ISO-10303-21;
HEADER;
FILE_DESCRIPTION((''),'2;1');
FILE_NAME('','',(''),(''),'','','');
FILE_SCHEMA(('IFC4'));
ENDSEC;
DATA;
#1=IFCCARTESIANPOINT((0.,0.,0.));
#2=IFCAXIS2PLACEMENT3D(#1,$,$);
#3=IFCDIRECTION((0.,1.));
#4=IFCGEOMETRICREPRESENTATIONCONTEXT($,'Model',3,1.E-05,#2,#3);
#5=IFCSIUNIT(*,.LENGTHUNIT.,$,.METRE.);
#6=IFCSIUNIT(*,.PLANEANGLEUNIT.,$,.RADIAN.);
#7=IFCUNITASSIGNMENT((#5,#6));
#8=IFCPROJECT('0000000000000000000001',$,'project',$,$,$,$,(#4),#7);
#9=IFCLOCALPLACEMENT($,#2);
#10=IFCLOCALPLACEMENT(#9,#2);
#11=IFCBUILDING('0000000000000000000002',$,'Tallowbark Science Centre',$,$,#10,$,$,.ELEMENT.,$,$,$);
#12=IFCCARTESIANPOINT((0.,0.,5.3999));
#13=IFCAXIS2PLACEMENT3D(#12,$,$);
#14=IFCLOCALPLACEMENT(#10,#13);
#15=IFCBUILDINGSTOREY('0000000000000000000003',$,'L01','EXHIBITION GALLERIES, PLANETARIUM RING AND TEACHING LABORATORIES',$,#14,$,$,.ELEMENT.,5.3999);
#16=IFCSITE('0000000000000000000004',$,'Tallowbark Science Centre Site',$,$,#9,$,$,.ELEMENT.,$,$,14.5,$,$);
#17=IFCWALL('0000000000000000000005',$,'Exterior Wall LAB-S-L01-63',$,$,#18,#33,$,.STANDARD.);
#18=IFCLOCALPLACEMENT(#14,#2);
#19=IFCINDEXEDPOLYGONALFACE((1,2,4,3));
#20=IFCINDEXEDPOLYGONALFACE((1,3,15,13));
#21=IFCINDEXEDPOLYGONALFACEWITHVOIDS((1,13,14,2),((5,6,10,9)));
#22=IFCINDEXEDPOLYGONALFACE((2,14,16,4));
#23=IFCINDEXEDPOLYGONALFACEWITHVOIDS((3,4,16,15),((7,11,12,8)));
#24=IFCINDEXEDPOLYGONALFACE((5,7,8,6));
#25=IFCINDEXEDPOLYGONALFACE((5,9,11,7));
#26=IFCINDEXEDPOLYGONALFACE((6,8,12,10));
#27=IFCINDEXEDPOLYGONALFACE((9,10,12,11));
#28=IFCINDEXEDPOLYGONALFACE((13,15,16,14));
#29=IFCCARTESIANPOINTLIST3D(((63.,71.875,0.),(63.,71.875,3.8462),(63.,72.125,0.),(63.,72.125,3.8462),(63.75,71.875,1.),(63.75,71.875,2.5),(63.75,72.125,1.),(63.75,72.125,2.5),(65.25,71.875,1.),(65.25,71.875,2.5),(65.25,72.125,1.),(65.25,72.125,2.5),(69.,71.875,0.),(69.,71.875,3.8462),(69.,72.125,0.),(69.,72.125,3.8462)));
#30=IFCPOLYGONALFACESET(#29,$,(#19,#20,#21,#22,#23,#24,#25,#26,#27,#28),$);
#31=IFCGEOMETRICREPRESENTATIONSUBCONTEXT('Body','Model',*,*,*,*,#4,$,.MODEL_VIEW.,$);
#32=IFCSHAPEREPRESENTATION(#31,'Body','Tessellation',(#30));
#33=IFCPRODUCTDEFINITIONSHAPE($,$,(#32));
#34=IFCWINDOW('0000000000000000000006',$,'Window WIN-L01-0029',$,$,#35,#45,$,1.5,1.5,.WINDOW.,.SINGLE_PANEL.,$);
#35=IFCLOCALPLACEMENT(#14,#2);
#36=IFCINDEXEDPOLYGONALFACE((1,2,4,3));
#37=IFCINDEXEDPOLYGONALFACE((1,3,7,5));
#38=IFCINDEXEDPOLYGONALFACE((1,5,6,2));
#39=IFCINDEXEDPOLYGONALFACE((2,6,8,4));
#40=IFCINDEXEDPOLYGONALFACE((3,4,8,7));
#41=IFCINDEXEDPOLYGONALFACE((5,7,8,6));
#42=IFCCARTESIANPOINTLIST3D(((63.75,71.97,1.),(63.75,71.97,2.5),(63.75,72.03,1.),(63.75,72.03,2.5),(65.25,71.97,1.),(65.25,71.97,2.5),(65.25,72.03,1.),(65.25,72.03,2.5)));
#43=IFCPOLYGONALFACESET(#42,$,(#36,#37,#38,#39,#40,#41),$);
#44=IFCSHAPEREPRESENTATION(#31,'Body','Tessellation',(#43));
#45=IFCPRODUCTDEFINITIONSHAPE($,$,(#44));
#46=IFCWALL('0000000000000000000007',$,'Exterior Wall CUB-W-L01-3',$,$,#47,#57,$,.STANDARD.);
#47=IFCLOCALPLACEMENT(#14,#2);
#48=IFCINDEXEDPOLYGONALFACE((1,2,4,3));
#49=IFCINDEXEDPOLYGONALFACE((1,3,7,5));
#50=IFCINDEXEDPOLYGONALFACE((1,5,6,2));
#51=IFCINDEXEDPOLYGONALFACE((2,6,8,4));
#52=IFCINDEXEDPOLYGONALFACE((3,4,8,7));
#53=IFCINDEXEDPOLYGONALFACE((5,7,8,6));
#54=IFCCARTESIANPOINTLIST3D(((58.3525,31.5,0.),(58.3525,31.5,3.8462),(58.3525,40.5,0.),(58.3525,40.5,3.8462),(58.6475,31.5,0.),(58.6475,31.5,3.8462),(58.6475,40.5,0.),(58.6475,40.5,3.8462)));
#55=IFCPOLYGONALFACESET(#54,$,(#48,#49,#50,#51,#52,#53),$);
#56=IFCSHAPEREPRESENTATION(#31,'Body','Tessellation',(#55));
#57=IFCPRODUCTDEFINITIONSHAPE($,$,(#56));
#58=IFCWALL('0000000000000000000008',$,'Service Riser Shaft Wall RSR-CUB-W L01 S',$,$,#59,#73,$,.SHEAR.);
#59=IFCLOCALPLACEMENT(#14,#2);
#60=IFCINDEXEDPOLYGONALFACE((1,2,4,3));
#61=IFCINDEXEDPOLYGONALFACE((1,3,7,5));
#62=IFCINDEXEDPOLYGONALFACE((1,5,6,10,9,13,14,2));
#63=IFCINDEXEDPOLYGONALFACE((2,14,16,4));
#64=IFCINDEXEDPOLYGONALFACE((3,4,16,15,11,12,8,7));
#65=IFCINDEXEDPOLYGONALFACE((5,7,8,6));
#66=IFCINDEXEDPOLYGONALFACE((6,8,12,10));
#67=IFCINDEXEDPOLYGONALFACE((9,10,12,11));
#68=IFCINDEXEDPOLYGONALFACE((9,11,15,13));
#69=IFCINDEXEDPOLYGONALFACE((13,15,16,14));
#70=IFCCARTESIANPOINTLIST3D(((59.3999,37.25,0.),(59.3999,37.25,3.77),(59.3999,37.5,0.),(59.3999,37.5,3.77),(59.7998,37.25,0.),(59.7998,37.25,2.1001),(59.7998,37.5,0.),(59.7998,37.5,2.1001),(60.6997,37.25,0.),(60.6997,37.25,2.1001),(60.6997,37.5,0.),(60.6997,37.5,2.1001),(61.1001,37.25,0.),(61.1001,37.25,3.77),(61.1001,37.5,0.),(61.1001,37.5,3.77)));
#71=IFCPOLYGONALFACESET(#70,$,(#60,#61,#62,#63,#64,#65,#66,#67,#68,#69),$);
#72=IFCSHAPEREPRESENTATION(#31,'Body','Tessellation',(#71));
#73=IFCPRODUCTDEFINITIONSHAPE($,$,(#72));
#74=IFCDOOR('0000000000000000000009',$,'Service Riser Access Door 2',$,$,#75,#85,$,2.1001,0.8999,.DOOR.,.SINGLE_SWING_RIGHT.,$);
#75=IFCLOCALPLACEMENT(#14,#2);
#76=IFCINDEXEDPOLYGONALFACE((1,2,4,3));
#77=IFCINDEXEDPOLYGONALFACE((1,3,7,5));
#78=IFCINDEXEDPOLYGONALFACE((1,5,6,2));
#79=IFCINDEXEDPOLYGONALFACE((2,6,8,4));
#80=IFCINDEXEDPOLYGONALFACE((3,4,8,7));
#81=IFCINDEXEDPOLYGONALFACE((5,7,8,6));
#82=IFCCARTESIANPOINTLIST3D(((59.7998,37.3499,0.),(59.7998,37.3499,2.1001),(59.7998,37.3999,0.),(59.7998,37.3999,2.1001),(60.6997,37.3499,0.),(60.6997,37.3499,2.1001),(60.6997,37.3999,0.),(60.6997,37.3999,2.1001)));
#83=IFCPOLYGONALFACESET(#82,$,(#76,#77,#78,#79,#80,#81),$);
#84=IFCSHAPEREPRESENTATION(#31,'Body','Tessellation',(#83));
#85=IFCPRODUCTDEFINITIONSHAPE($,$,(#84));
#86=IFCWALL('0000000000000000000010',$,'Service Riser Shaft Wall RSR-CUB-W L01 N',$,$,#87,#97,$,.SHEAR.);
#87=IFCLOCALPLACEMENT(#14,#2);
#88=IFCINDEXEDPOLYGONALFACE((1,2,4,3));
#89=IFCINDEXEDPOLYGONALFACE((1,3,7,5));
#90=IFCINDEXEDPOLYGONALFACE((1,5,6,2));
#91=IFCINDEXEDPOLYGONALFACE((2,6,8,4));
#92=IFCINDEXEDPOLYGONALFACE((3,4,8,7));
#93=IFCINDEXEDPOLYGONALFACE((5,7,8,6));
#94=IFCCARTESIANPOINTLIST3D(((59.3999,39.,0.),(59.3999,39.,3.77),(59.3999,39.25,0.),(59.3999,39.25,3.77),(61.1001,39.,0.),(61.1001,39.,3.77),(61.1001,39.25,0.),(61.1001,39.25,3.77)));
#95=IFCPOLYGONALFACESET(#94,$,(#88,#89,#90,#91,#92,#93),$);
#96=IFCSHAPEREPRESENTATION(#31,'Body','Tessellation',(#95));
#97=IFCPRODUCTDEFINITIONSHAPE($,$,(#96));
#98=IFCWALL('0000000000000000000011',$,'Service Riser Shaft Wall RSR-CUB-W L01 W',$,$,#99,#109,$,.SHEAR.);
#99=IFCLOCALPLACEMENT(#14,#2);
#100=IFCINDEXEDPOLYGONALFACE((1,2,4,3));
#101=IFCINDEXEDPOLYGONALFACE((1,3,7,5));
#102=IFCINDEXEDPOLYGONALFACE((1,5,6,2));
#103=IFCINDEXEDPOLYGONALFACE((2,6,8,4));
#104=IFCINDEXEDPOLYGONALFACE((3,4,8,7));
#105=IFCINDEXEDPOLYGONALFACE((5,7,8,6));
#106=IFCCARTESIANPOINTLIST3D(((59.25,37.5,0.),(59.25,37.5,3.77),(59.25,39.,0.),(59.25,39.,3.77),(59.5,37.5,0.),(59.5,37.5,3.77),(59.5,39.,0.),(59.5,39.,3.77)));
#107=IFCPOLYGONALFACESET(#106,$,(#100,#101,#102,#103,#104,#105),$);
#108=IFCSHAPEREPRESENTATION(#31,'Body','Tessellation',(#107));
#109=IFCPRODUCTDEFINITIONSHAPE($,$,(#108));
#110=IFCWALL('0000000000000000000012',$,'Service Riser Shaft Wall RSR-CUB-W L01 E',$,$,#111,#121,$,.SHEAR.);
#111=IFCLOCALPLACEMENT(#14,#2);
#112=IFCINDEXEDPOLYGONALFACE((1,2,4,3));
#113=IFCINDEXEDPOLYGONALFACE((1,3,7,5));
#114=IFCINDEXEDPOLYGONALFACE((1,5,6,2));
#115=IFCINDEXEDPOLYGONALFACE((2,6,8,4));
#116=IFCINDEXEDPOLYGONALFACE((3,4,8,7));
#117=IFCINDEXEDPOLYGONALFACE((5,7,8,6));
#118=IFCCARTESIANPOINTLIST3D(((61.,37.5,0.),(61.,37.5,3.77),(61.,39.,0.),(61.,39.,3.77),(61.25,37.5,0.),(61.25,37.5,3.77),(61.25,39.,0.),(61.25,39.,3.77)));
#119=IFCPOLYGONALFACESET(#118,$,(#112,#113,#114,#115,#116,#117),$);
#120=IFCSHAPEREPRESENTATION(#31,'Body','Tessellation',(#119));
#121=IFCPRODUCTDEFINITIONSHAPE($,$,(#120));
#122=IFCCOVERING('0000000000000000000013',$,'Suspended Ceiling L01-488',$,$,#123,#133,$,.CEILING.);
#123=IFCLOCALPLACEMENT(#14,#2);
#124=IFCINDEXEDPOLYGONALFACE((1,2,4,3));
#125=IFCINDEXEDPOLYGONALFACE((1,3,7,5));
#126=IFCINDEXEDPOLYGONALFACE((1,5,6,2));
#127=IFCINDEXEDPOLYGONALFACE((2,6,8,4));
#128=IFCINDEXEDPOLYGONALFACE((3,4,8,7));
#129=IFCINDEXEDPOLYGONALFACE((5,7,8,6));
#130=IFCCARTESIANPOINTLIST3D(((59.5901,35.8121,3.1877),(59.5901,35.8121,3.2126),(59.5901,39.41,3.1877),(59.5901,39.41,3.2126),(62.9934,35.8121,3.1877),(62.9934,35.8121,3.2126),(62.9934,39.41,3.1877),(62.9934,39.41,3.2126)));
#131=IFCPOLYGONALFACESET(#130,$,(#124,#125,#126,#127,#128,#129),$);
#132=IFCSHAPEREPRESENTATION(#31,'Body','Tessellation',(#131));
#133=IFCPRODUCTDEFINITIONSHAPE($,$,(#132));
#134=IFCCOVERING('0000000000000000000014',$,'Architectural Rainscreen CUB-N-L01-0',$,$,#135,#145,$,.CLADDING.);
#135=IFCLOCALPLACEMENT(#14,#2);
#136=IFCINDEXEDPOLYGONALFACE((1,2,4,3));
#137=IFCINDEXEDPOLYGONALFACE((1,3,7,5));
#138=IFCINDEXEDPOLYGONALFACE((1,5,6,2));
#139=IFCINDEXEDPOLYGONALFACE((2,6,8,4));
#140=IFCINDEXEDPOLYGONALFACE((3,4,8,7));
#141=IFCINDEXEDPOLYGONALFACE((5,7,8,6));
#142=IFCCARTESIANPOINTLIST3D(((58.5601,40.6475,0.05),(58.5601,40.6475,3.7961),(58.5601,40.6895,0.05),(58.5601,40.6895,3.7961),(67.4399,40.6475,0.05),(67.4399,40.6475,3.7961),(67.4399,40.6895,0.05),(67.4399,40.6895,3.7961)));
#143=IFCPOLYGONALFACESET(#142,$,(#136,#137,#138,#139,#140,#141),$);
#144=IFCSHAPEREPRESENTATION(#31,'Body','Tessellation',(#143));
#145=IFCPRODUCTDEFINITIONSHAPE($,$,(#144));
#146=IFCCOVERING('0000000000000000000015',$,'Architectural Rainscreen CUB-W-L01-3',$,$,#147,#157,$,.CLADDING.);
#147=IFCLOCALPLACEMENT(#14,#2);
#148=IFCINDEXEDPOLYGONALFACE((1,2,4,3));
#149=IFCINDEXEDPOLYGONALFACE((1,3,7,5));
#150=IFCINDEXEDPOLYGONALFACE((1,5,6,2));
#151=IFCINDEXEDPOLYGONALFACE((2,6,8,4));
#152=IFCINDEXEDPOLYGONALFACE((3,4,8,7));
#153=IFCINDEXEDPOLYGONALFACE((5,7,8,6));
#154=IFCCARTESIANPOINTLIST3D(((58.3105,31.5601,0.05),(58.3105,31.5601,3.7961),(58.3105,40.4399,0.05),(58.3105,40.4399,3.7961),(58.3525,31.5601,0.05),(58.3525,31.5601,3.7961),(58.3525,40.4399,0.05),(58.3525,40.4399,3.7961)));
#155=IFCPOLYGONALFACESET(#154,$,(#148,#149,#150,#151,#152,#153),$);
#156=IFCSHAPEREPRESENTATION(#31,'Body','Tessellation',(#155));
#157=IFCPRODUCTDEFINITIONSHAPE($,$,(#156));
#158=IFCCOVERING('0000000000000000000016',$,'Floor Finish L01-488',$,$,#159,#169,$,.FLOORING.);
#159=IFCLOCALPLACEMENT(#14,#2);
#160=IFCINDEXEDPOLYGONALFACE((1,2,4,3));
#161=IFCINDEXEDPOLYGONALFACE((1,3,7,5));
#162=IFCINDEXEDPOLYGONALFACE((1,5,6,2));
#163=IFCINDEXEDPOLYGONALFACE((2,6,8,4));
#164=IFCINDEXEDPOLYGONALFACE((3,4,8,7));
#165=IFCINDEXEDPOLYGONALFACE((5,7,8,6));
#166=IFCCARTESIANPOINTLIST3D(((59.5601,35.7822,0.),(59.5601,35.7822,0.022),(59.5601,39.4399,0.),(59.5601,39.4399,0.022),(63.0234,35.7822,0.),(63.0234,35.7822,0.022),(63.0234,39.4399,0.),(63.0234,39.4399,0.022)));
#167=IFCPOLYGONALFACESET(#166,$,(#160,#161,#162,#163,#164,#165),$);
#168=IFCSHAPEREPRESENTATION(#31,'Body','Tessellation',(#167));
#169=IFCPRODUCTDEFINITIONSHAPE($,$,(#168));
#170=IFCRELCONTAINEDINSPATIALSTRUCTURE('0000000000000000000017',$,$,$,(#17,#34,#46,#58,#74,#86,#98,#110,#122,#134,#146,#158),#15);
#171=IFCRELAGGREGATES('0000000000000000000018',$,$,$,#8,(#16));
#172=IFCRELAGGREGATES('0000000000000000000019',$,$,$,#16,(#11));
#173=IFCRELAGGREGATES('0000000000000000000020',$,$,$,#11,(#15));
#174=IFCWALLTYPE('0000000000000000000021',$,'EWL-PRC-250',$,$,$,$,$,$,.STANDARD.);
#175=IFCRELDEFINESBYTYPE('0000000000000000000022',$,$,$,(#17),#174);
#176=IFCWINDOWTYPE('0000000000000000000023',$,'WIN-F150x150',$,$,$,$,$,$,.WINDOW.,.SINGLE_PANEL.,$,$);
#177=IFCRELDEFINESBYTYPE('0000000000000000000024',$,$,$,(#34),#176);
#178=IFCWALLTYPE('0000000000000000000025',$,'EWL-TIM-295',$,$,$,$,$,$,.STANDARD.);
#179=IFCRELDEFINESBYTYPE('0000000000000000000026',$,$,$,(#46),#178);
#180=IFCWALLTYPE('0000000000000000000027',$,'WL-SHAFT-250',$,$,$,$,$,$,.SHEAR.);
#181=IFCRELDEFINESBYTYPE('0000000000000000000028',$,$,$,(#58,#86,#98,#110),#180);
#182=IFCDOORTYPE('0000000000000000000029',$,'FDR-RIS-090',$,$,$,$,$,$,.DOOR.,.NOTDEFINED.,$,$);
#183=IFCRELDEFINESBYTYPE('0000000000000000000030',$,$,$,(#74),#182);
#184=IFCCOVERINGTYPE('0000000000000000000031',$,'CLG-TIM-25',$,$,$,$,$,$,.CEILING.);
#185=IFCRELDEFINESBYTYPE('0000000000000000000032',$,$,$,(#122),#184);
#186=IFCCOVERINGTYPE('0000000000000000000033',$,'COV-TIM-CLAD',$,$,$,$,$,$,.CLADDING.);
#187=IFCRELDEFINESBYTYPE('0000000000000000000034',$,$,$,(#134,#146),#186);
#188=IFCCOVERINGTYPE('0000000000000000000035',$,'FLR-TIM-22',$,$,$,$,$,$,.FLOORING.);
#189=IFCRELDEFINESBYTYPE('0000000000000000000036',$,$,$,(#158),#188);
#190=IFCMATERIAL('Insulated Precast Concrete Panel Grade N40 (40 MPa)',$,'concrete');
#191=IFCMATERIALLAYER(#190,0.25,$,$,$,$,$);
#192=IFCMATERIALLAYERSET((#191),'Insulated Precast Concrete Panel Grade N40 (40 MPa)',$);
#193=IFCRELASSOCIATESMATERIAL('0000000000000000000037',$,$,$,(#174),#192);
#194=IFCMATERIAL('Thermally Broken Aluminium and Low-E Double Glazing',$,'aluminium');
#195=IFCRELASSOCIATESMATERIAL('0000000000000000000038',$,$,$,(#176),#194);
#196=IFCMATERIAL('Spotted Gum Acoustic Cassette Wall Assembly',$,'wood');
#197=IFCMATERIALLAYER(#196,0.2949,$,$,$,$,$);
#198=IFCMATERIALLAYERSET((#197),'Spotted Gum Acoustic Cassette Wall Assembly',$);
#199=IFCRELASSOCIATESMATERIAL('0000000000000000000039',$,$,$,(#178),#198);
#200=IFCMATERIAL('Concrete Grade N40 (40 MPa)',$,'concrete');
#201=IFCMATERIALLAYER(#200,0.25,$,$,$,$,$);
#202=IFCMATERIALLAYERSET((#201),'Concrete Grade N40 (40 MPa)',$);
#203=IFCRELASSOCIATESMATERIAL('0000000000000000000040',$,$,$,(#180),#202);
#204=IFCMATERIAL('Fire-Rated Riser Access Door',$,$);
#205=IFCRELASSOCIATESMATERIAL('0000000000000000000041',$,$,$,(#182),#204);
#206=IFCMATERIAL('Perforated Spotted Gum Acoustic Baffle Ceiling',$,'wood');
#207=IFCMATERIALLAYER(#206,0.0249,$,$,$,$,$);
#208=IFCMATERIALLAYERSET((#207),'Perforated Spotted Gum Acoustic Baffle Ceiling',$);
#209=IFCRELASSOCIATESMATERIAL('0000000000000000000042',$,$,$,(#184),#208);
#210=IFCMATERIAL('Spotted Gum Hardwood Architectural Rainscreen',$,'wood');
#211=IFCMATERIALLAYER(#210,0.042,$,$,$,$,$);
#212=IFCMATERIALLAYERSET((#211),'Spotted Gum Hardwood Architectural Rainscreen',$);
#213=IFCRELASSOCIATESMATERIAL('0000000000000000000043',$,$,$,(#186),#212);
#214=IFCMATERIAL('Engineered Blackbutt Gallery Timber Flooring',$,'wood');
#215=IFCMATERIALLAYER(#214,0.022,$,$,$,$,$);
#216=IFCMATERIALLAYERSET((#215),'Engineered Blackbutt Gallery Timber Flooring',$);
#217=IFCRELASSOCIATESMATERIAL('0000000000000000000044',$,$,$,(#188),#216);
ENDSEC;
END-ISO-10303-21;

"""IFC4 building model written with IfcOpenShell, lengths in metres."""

from ifc_helpers import new_model, si_unit, direction, frame, frame_2d, origin, origin_2d, place, context, subcontext, project, spatial, rectangle, extrude, material, layer, layer_set, type_object, element, fill, save


model = new_model("IFC4")

# Units and contexts
model_context = context("Model", 3, precision=1e-05, world=origin(), true_north=direction((0.0, 1.0)))
body_context = subcontext(model_context, "Body", "Model", "MODEL_VIEW")
ifc_project = project(units=[si_unit("LENGTHUNIT", "METRE"), si_unit("PLANEANGLEUNIT", "RADIAN")], contexts=[model_context])

# Site, building, storey
site_placement = place(None, origin())
site = spatial("IfcSite", under=ifc_project, at=site_placement, Name="Tallowbark Science Centre Site", CompositionType="ELEMENT", RefElevation=14.5)
building_placement = place(site_placement, origin())
building = spatial("IfcBuilding", under=site, at=building_placement, Name="Tallowbark Science Centre", CompositionType="ELEMENT")
storey_placement = place(building_placement, frame((0.0, 0.0, 5.3999)))
storey = spatial("IfcBuildingStorey", under=building, at=storey_placement, Name="L01", Description="EXHIBITION GALLERIES, PLANETARIUM RING AND TEACHING LABORATORIES", CompositionType="ELEMENT", Elevation=5.3999)

# Wall, opening, window
ifc_material_1 = material(Name="Insulated Precast Concrete Panel Grade N40 (40 MPa)", Category="concrete")
ifc_layer_1 = layer(ifc_material_1, 0.25)
ifc_layer_set_1 = layer_set([ifc_layer_1], Name="Insulated Precast Concrete Panel Grade N40 (40 MPa)")
wall_type_1 = type_object("IfcWallType", Name="EWL-PRC-250", PredefinedType="STANDARD", material=ifc_layer_set_1)
wall_1_placement = place(storey_placement, frame((63.0, 72.0, 0.0), z_axis=(0.0, 0.0, 1.0), x_axis=(1.0, 0.0, 0.0)))
wall_1 = element("IfcWall", 1, at=wall_1_placement, inside=storey, type_object=wall_type_1, Name="Exterior Wall LAB-S-L01-63", PredefinedType="STANDARD", context=body_context, shape_type="SweptSolid", body=[
    extrude(rectangle(XDim=6.0, YDim=0.25, at=frame_2d((3.0, 0.0))), origin(), (0.0, 0.0, 1.0), 3.8462),
])
opening_1_placement = place(wall_1_placement, frame((0.75, 0.0, 1.0)))
opening_1 = element("IfcOpeningElement", 2, at=opening_1_placement, cuts=wall_1, PredefinedType="OPENING", context=body_context, shape_type="SweptSolid", body=[
    extrude(rectangle(XDim=1.5, YDim=1.5, at=frame_2d((0.75, 0.75))), frame((0.0, 0.135, 0.0), z_axis=(0.0, -1.0, 0.0), x_axis=(1.0, 0.0, 0.0)), (0.0, 0.0, 1.0), 0.27),
])
ifc_material_2 = material(Name="Thermally Broken Aluminium and Low-E Double Glazing", Category="aluminium")
window_type = type_object("IfcWindowType", Name="WIN-F150x150", PartitioningType="SINGLE_PANEL", PredefinedType="WINDOW", material=ifc_material_2)
window_placement = place(opening_1_placement, origin())
window = element("IfcWindow", 3, at=window_placement, inside=storey, type_object=window_type, Name="Window WIN-L01-0029", OverallHeight=1.5, OverallWidth=1.5, PartitioningType="SINGLE_PANEL", PredefinedType="WINDOW", context=body_context, shape_type="SweptSolid", body=[
    extrude(rectangle(XDim=1.5, YDim=1.5, at=frame_2d((0.75, 0.75))), frame((0.0, 0.03, 0.0), z_axis=(0.0, -1.0, 0.0), x_axis=(1.0, 0.0, 0.0)), (0.0, 0.0, 1.0), 0.0601),
])
fill(opening_1, window)

# Wall
ifc_material_3 = material(Name="Spotted Gum Acoustic Cassette Wall Assembly", Category="wood")
ifc_layer_2 = layer(ifc_material_3, 0.2949)
ifc_layer_set_2 = layer_set([ifc_layer_2], Name="Spotted Gum Acoustic Cassette Wall Assembly")
wall_type_2 = type_object("IfcWallType", Name="EWL-TIM-295", PredefinedType="STANDARD", material=ifc_layer_set_2)
wall_2_placement = place(storey_placement, frame((58.5, 40.5, 0.0), z_axis=(0.0, 0.0, 1.0), x_axis=(0.0, -1.0, 0.0)))
element("IfcWall", 4, at=wall_2_placement, inside=storey, type_object=wall_type_2, Name="Exterior Wall CUB-W-L01-3", PredefinedType="STANDARD", context=body_context, shape_type="SweptSolid", body=[
    extrude(rectangle(XDim=9.0, YDim=0.2949, at=frame_2d((4.5, 0.0))), origin(), (0.0, 0.0, 1.0), 3.8462),
])

# Wall, opening, door
ifc_material_4 = material(Name="Concrete Grade N40 (40 MPa)", Category="concrete")
ifc_layer_3 = layer(ifc_material_4, 0.25)
ifc_layer_set_3 = layer_set([ifc_layer_3], Name="Concrete Grade N40 (40 MPa)")
wall_type_3 = type_object("IfcWallType", Name="WL-SHAFT-250", PredefinedType="SHEAR", material=ifc_layer_set_3)
wall_3_placement = place(storey_placement, frame((59.3999, 37.375, 0.0), z_axis=(0.0, 0.0, 1.0), x_axis=(1.0, 0.0, 0.0)))
wall_3 = element("IfcWall", 5, at=wall_3_placement, inside=storey, type_object=wall_type_3, Name="Service Riser Shaft Wall RSR-CUB-W L01 S", PredefinedType="SHEAR", context=body_context, shape_type="SweptSolid", body=[
    extrude(rectangle(XDim=1.7002, YDim=0.25, at=frame_2d((0.8501, 0.0))), origin(), (0.0, 0.0, 1.0), 3.77),
])
opening_2_placement = place(wall_3_placement, frame((0.3999, 0.0, 0.0)))
opening_2 = element("IfcOpeningElement", 6, at=opening_2_placement, cuts=wall_3, PredefinedType="OPENING", context=body_context, shape_type="SweptSolid", body=[
    extrude(rectangle(XDim=0.8999, YDim=2.1001, at=frame_2d((0.45, 1.05))), frame((0.0, 0.135, 0.0), z_axis=(0.0, -1.0, 0.0), x_axis=(1.0, 0.0, 0.0)), (0.0, 0.0, 1.0), 0.27),
])
ifc_material_5 = material(Name="Fire-Rated Riser Access Door")
door_type = type_object("IfcDoorType", Name="FDR-RIS-090", OperationType="NOTDEFINED", PredefinedType="DOOR", material=ifc_material_5)
door_placement = place(opening_2_placement, origin())
door = element("IfcDoor", 7, at=door_placement, inside=storey, type_object=door_type, Name="Service Riser Access Door 2", OperationType="SINGLE_SWING_RIGHT", OverallHeight=2.1001, OverallWidth=0.8999, PredefinedType="DOOR", context=body_context, shape_type="SweptSolid", body=[
    extrude(rectangle(XDim=0.8999, YDim=2.1001, at=frame_2d((0.45, 1.05))), frame((0.0, 0.0249, 0.0), z_axis=(0.0, -1.0, 0.0), x_axis=(1.0, 0.0, 0.0)), (0.0, 0.0, 1.0), 0.05),
])
fill(opening_2, door)

# Walls
wall_4_placement = place(storey_placement, frame((59.3999, 39.125, 0.0), z_axis=(0.0, 0.0, 1.0), x_axis=(1.0, 0.0, 0.0)))
element("IfcWall", 8, at=wall_4_placement, inside=storey, type_object=wall_type_3, Name="Service Riser Shaft Wall RSR-CUB-W L01 N", PredefinedType="SHEAR", context=body_context, shape_type="SweptSolid", body=[
    extrude(rectangle(XDim=1.7002, YDim=0.25, at=frame_2d((0.8501, 0.0))), origin(), (0.0, 0.0, 1.0), 3.77),
])
for number, where, z_axis, x_axis, name in (
    (9, (59.375, 37.5, 0.0), (0.0, 0.0, 1.0), (0.0, 1.0, 0.0), "Service Riser Shaft Wall RSR-CUB-W L01 W"),
    (10, (61.125, 37.5, 0.0), (0.0, 0.0, 1.0), (0.0, 1.0, 0.0), "Service Riser Shaft Wall RSR-CUB-W L01 E"),
):
    element("IfcWall", number, at=place(storey_placement, frame(where, z_axis=z_axis, x_axis=x_axis)), inside=storey, type_object=wall_type_3, Name=name, PredefinedType="SHEAR", context=body_context, shape_type="SweptSolid", body=[
        extrude(rectangle(XDim=1.5, YDim=0.25, at=frame_2d((0.75, 0.0))), origin(), (0.0, 0.0, 1.0), 3.77),
    ])

# Coverings
ifc_material_6 = material(Name="Perforated Spotted Gum Acoustic Baffle Ceiling", Category="wood")
ifc_layer_4 = layer(ifc_material_6, 0.0249)
ifc_layer_set_4 = layer_set([ifc_layer_4], Name="Perforated Spotted Gum Acoustic Baffle Ceiling")
covering_type_1 = type_object("IfcCoveringType", Name="CLG-TIM-25", PredefinedType="CEILING", material=ifc_layer_set_4)
covering_1_placement = place(storey_placement, frame((61.2917, 37.6111, 3.1877), z_axis=(0.0, 0.0, 1.0), x_axis=(1.0, 0.0, 0.0)))
element("IfcCovering", 11, at=covering_1_placement, inside=storey, type_object=covering_type_1, Name="Suspended Ceiling L01-488", PredefinedType="CEILING", context=body_context, shape_type="SweptSolid", body=[
    extrude(rectangle(XDim=3.4033, YDim=3.5979, at=origin_2d()), origin(), (0.0, 0.0, 1.0), 0.0249),
])
ifc_material_7 = material(Name="Spotted Gum Hardwood Architectural Rainscreen", Category="wood")
ifc_layer_5 = layer(ifc_material_7, 0.042)
ifc_layer_set_5 = layer_set([ifc_layer_5], Name="Spotted Gum Hardwood Architectural Rainscreen")
covering_type_2 = type_object("IfcCoveringType", Name="COV-TIM-CLAD", PredefinedType="CLADDING", material=ifc_layer_set_5)
for number, where, z_axis, x_axis, name in (
    (12, (63.0, 40.6685, 0.05), (0.0, 0.0, 1.0), (-1.0, 0.0, 0.0), "Architectural Rainscreen CUB-N-L01-0"),
    (13, (58.3315, 36.0, 0.05), (0.0, 0.0, 1.0), (0.0, -1.0, 0.0), "Architectural Rainscreen CUB-W-L01-3"),
):
    element("IfcCovering", number, at=place(storey_placement, frame(where, z_axis=z_axis, x_axis=x_axis)), inside=storey, type_object=covering_type_2, Name=name, PredefinedType="CLADDING", context=body_context, shape_type="SweptSolid", body=[
        extrude(rectangle(XDim=8.8799, YDim=0.042, at=origin_2d()), origin(), (0.0, 0.0, 1.0), 3.7461),
    ])
ifc_material_8 = material(Name="Engineered Blackbutt Gallery Timber Flooring", Category="wood")
ifc_layer_6 = layer(ifc_material_8, 0.022)
ifc_layer_set_6 = layer_set([ifc_layer_6], Name="Engineered Blackbutt Gallery Timber Flooring")
covering_type_3 = type_object("IfcCoveringType", Name="FLR-TIM-22", PredefinedType="FLOORING", material=ifc_layer_set_6)
covering_2_placement = place(storey_placement, frame((61.2917, 37.6111, 0.0), z_axis=(0.0, 0.0, 1.0), x_axis=(1.0, 0.0, 0.0)))
element("IfcCovering", 14, at=covering_2_placement, inside=storey, type_object=covering_type_3, Name="Floor Finish L01-488", PredefinedType="FLOORING", context=body_context, shape_type="SweptSolid", body=[
    extrude(rectangle(XDim=3.4634, YDim=3.6577, at=origin_2d()), origin(), (0.0, 0.0, 1.0), 0.022),
])

save(model, "model.ifc")
